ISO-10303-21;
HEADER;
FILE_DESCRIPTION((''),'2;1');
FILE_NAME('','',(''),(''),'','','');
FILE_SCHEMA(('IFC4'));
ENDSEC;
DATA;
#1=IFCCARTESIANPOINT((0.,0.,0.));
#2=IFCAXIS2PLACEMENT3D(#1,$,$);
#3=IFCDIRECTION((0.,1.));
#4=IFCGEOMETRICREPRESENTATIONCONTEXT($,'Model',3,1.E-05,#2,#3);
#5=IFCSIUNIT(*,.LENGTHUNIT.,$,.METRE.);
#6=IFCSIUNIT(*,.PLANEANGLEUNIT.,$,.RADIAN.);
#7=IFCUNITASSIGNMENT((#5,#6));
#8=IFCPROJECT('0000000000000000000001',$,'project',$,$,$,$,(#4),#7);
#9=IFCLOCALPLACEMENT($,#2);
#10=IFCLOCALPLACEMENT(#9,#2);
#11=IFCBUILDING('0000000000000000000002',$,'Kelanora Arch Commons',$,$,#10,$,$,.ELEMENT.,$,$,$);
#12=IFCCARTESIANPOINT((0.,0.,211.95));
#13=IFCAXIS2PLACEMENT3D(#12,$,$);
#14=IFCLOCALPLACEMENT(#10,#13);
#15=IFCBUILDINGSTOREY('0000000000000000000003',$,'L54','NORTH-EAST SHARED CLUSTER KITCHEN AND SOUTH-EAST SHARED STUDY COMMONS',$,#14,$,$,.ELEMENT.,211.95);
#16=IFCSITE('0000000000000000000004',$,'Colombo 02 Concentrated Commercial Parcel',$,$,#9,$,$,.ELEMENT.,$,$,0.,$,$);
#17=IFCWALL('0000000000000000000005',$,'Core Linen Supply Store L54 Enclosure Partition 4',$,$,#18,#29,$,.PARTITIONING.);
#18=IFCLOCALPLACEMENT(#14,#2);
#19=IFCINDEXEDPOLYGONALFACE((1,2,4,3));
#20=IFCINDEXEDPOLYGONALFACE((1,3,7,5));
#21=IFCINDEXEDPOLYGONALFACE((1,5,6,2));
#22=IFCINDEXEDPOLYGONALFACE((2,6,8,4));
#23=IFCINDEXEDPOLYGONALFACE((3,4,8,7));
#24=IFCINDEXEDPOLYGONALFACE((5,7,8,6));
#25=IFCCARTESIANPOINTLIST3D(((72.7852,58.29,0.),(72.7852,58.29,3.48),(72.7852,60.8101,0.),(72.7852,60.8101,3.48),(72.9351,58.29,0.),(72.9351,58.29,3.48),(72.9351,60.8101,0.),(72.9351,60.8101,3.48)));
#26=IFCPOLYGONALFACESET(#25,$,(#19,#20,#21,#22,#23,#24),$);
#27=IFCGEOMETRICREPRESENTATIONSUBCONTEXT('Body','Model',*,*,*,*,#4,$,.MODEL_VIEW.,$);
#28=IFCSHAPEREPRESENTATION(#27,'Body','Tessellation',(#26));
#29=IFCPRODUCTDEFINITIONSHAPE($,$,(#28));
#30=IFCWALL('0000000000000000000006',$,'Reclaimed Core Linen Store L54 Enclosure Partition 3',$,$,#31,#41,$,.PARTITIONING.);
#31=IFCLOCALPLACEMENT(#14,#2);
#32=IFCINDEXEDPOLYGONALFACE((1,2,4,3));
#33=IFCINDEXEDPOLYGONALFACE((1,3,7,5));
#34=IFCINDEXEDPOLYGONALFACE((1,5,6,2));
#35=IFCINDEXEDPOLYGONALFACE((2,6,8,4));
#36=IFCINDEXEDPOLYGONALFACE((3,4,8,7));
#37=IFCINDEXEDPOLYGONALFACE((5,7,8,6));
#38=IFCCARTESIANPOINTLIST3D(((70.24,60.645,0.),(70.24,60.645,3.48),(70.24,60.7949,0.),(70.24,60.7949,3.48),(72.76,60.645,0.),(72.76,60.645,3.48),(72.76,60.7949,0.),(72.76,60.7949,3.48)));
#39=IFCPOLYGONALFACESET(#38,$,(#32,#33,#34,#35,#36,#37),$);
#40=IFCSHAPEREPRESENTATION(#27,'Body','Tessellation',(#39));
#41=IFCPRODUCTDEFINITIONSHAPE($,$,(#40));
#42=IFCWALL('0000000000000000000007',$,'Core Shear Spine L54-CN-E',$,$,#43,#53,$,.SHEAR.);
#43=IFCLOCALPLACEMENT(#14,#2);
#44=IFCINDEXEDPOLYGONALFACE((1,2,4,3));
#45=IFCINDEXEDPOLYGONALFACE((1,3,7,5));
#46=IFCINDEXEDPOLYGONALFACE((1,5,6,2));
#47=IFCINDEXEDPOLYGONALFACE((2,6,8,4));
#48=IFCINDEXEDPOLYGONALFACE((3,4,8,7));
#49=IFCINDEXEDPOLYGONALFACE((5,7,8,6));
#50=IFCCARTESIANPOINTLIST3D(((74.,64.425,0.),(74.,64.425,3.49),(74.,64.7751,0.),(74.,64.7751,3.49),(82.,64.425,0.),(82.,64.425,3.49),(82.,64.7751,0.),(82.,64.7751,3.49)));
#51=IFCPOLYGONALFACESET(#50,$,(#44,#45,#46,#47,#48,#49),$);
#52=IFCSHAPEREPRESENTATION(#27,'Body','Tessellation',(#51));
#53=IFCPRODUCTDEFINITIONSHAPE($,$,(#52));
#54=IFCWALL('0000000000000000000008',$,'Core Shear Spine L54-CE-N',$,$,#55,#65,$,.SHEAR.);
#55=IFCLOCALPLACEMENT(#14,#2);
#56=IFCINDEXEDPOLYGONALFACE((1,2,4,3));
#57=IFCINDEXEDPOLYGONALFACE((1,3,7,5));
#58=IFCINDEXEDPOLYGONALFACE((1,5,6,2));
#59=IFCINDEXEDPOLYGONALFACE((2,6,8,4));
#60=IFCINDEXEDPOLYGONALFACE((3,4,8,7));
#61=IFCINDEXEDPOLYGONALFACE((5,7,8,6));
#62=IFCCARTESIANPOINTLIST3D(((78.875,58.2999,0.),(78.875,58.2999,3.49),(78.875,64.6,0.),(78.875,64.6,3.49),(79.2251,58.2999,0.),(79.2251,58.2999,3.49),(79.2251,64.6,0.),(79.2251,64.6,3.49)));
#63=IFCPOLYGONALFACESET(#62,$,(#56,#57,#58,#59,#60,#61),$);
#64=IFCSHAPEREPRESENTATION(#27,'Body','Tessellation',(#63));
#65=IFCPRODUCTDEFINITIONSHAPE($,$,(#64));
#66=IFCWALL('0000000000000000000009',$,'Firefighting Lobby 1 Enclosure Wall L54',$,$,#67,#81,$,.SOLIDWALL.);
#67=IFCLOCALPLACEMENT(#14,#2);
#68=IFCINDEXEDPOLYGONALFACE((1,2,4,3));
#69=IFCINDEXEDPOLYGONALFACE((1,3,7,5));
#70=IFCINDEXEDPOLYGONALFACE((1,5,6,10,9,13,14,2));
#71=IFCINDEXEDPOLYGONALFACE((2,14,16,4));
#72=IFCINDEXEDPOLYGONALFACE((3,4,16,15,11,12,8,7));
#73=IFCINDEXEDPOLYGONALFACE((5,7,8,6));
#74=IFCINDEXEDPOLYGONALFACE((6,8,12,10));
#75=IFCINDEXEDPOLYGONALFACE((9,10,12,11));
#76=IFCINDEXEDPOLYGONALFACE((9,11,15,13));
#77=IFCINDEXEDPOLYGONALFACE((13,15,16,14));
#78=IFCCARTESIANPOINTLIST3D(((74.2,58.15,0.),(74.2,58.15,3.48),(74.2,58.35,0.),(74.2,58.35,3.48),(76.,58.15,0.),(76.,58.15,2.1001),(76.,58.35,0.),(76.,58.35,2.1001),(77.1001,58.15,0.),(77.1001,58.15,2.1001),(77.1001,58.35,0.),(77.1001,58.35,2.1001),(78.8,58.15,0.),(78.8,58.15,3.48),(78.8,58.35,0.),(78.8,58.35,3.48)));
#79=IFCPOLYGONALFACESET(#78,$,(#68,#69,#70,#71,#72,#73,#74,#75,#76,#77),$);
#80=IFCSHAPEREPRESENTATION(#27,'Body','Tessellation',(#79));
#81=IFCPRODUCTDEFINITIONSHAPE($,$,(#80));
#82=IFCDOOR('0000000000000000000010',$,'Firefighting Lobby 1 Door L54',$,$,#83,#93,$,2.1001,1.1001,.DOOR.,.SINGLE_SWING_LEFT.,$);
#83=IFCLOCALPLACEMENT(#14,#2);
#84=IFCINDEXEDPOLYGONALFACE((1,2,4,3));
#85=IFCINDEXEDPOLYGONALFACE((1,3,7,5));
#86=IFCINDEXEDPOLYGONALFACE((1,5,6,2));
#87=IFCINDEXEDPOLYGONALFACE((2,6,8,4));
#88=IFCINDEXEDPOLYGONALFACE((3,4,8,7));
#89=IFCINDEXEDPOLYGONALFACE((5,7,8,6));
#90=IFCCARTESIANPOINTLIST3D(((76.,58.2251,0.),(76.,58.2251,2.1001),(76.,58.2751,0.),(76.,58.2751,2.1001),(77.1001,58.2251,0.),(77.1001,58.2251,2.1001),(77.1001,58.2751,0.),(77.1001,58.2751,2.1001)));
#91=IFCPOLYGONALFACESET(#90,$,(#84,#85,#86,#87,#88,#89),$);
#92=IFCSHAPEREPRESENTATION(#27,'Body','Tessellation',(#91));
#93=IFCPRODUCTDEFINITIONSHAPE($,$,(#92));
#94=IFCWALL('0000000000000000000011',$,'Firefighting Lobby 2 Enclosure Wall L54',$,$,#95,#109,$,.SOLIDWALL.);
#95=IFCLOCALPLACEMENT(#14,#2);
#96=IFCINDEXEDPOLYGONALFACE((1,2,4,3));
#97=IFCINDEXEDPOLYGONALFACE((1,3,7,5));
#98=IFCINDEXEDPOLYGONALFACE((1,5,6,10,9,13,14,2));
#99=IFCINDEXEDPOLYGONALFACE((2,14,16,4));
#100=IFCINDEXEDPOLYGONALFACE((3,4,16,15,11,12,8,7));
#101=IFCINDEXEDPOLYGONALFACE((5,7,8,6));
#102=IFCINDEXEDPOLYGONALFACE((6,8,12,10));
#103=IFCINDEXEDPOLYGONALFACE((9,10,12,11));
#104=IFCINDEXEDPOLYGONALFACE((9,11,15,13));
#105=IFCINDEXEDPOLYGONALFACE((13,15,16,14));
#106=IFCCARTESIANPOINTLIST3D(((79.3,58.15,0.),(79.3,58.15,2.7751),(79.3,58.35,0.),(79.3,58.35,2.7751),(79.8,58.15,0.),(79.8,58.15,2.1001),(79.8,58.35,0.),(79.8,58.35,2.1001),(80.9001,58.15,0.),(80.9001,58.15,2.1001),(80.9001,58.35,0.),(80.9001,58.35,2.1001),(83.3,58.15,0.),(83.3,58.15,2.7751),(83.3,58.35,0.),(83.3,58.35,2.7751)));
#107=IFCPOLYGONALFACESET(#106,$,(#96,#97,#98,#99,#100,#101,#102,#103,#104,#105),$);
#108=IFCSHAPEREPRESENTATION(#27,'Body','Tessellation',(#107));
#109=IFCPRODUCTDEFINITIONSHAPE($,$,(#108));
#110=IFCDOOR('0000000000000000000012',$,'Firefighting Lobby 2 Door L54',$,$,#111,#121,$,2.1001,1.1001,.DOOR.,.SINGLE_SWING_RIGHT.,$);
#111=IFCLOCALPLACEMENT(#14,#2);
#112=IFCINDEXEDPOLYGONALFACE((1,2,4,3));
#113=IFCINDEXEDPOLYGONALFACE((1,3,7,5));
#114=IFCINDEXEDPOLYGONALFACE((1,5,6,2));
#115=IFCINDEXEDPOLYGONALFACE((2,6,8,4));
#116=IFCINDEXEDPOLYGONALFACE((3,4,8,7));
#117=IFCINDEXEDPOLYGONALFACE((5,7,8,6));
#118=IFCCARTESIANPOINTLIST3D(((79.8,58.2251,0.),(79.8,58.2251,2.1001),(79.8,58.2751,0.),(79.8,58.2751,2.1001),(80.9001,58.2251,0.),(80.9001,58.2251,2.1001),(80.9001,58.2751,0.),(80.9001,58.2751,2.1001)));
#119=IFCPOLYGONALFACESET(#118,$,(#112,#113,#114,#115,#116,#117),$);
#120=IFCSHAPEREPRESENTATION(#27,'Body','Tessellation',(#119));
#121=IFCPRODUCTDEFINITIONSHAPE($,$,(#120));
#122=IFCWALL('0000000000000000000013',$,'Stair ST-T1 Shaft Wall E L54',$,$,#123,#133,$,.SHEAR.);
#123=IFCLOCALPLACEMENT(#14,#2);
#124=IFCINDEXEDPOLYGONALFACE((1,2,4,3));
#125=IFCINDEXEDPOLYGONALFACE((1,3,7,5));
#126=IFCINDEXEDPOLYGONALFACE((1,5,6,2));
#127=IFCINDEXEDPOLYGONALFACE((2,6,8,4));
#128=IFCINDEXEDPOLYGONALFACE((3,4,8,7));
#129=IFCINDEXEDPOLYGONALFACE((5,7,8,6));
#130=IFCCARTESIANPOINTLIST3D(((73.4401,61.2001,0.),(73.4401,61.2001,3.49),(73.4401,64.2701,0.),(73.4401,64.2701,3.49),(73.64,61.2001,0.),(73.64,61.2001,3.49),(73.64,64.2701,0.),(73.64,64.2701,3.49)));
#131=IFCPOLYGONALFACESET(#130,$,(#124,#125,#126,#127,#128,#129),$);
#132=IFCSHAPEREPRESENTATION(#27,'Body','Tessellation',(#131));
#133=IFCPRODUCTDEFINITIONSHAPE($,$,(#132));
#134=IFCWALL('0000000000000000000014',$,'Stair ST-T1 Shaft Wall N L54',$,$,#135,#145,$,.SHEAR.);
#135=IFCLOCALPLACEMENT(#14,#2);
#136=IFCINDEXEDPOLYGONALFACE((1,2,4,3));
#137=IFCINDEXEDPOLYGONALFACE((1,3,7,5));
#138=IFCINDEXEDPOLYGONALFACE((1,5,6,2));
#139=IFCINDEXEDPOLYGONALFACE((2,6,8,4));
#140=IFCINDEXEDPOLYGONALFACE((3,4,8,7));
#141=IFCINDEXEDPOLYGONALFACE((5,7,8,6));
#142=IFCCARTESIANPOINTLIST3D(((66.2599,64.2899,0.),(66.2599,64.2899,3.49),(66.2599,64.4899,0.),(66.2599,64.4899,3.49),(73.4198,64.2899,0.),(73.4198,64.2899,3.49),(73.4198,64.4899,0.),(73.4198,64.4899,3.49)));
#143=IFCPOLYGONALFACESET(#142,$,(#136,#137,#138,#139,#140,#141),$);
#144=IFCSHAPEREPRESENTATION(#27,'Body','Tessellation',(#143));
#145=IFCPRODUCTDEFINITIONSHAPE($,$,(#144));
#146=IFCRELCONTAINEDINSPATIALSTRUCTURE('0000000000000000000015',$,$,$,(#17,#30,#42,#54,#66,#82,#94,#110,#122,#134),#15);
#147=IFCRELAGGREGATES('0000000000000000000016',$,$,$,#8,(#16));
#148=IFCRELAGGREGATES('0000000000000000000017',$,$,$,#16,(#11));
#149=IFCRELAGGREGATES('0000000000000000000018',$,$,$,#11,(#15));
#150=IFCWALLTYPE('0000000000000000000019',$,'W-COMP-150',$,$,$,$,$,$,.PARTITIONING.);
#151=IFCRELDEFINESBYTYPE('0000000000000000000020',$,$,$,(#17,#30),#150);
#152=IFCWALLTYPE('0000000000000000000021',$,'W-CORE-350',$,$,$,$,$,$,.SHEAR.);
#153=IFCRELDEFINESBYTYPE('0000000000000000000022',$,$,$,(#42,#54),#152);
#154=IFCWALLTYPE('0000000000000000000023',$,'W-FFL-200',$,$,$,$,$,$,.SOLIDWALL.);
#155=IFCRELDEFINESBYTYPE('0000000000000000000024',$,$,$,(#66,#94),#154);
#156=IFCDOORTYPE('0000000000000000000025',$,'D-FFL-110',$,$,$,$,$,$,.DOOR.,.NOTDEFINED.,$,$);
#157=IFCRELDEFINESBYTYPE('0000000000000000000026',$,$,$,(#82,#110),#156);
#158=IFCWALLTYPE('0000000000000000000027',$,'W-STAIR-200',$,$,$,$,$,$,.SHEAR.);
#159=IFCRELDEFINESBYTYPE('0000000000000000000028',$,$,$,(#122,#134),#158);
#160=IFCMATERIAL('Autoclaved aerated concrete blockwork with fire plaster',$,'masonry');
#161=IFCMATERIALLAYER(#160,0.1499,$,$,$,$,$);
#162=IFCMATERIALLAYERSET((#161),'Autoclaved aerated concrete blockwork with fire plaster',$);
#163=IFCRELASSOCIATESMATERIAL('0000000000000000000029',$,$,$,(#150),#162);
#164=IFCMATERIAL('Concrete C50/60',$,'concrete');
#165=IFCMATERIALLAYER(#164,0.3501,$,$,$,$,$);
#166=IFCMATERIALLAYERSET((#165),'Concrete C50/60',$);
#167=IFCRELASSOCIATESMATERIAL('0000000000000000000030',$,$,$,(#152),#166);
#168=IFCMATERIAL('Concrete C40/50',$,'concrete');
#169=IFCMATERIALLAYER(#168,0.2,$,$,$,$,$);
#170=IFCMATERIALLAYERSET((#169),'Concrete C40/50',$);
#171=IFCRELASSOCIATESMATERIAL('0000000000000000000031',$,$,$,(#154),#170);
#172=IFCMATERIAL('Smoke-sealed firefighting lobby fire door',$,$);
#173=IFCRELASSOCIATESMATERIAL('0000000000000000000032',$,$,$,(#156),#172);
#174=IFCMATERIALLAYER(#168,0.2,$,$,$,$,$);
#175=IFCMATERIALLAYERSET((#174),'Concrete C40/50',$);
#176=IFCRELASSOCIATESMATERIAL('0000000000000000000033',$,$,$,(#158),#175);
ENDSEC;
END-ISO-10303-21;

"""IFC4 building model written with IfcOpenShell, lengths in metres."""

from ifc_helpers import new_model, si_unit, direction, frame, frame_2d, origin, place, context, subcontext, project, spatial, rectangle, extrude, material, layer, layer_set, type_object, element, fill, save


model = new_model("IFC4")

# Units and contexts
model_context = context("Model", 3, precision=1e-05, world=origin(), true_north=direction((0.0, 1.0)))
body_context = subcontext(model_context, "Body", "Model", "MODEL_VIEW")
ifc_project = project(units=[si_unit("LENGTHUNIT", "METRE"), si_unit("PLANEANGLEUNIT", "RADIAN")], contexts=[model_context])

# Site, building, storey
site_placement = place(None, origin())
site = spatial("IfcSite", under=ifc_project, at=site_placement, Name="Colombo 02 Concentrated Commercial Parcel", CompositionType="ELEMENT", RefElevation=0.0)
building_placement = place(site_placement, origin())
building = spatial("IfcBuilding", under=site, at=building_placement, Name="Kelanora Arch Commons", CompositionType="ELEMENT")
storey_placement = place(building_placement, frame((0.0, 0.0, 211.95)))
storey = spatial("IfcBuildingStorey", under=building, at=storey_placement, Name="L54", Description="NORTH-EAST SHARED CLUSTER KITCHEN AND SOUTH-EAST SHARED STUDY COMMONS", CompositionType="ELEMENT", Elevation=211.95)

# Shared definitions
ifc_material_1 = material(Name="Autoclaved aerated concrete blockwork with fire plaster", Category="masonry")
ifc_layer_1 = layer(ifc_material_1, 0.1499)
ifc_layer_set_1 = layer_set([ifc_layer_1], Name="Autoclaved aerated concrete blockwork with fire plaster")
wall_type_1 = type_object("IfcWallType", Name="W-COMP-150", PredefinedType="PARTITIONING", material=ifc_layer_set_1)

# Walls
for number, where, z_axis, x_axis, name in (
    (1, (72.8601, 60.8101, 0.0), (0.0, 0.0, 1.0), (0.0, -1.0, 0.0), "Core Linen Supply Store L54 Enclosure Partition 4"),
    (2, (72.76, 60.72, 0.0), (0.0, 0.0, 1.0), (-1.0, 0.0, 0.0), "Reclaimed Core Linen Store L54 Enclosure Partition 3"),
):
    element("IfcWall", number, at=place(storey_placement, frame(where, z_axis=z_axis, x_axis=x_axis)), inside=storey, type_object=wall_type_1, Name=name, PredefinedType="PARTITIONING", context=body_context, shape_type="SweptSolid", body=[
        extrude(rectangle(XDim=2.52, YDim=0.1499, at=frame_2d((1.26, 0.0))), origin(), (0.0, 0.0, 1.0), 3.48),
    ])
ifc_material_2 = material(Name="Concrete C50/60", Category="concrete")
ifc_layer_2 = layer(ifc_material_2, 0.3501)
ifc_layer_set_2 = layer_set([ifc_layer_2], Name="Concrete C50/60")
wall_type_2 = type_object("IfcWallType", Name="W-CORE-350", PredefinedType="SHEAR", material=ifc_layer_set_2)
wall_1_placement = place(storey_placement, frame((74.0, 64.6001, 0.0), z_axis=(0.0, 0.0, 1.0), x_axis=(1.0, 0.0, 0.0)))
element("IfcWall", 3, at=wall_1_placement, inside=storey, type_object=wall_type_2, Name="Core Shear Spine L54-CN-E", PredefinedType="SHEAR", context=body_context, shape_type="SweptSolid", body=[
    extrude(rectangle(XDim=8.0, YDim=0.3501, at=frame_2d((4.0, 0.0))), origin(), (0.0, 0.0, 1.0), 3.49),
])
wall_2_placement = place(storey_placement, frame((79.05, 58.3, 0.0), z_axis=(0.0, 0.0, 1.0), x_axis=(0.0, 1.0, 0.0)))
element("IfcWall", 4, at=wall_2_placement, inside=storey, type_object=wall_type_2, Name="Core Shear Spine L54-CE-N", PredefinedType="SHEAR", context=body_context, shape_type="SweptSolid", body=[
    extrude(rectangle(XDim=6.3, YDim=0.3501, at=frame_2d((3.1499, 0.0))), origin(), (0.0, 0.0, 1.0), 3.49),
])

# Walls, openings, doors
ifc_material_3 = material(Name="Concrete C40/50", Category="concrete")
ifc_layer_3 = layer(ifc_material_3, 0.2)
ifc_layer_set_3 = layer_set([ifc_layer_3], Name="Concrete C40/50")
wall_type_3 = type_object("IfcWallType", Name="W-FFL-200", PredefinedType="SOLIDWALL", material=ifc_layer_set_3)
wall_3_placement = place(storey_placement, frame((74.2, 58.25, 0.0), z_axis=(0.0, 0.0, 1.0), x_axis=(1.0, 0.0, 0.0)))
wall_3 = element("IfcWall", 5, at=wall_3_placement, inside=storey, type_object=wall_type_3, Name="Firefighting Lobby 1 Enclosure Wall L54", PredefinedType="SOLIDWALL", context=body_context, shape_type="SweptSolid", body=[
    extrude(rectangle(XDim=4.6001, YDim=0.2, at=frame_2d((2.3, 0.0))), origin(), (0.0, 0.0, 1.0), 3.48),
])
opening_1_placement = place(wall_3_placement, frame((1.8, 0.0, 0.0)))
opening_1 = element("IfcOpeningElement", 6, at=opening_1_placement, cuts=wall_3, PredefinedType="OPENING", context=body_context, shape_type="SweptSolid", body=[
    extrude(rectangle(XDim=1.1001, YDim=2.1001, at=frame_2d((0.55, 1.05))), frame((0.0, 0.1099, 0.0), z_axis=(0.0, -1.0, 0.0), x_axis=(1.0, 0.0, 0.0)), (0.0, 0.0, 1.0), 0.22),
])
ifc_material_4 = material(Name="Smoke-sealed firefighting lobby fire door")
door_type_1 = type_object("IfcDoorType", Name="D-FFL-110", OperationType="NOTDEFINED", PredefinedType="DOOR", material=ifc_material_4)
door_1_placement = place(opening_1_placement, frame((1.1001, 0.0, 0.0), z_axis=(0.0, 0.0, 1.0), x_axis=(-1.0, 0.0, 0.0)))
door_1 = element("IfcDoor", 7, at=door_1_placement, inside=storey, type_object=door_type_1, Name="Firefighting Lobby 1 Door L54", OperationType="SINGLE_SWING_LEFT", OverallHeight=2.1001, OverallWidth=1.1001, PredefinedType="DOOR", context=body_context, shape_type="SweptSolid", body=[
    extrude(rectangle(XDim=1.1001, YDim=2.1001, at=frame_2d((0.55, 1.05))), frame((0.0, 0.0249, 0.0), z_axis=(0.0, -1.0, 0.0), x_axis=(1.0, 0.0, 0.0)), (0.0, 0.0, 1.0), 0.05),
])
fill(opening_1, door_1)
wall_4_placement = place(storey_placement, frame((79.3, 58.25, 0.0), z_axis=(0.0, 0.0, 1.0), x_axis=(1.0, 0.0, 0.0)))
wall_4 = element("IfcWall", 8, at=wall_4_placement, inside=storey, type_object=wall_type_3, Name="Firefighting Lobby 2 Enclosure Wall L54", PredefinedType="SOLIDWALL", context=body_context, shape_type="SweptSolid", body=[
    extrude(rectangle(XDim=4.0, YDim=0.2, at=frame_2d((2.0, 0.0))), origin(), (0.0, 0.0, 1.0), 2.7751),
])
opening_2_placement = place(wall_4_placement, frame((0.5, 0.0, 0.0)))
opening_2 = element("IfcOpeningElement", 9, at=opening_2_placement, cuts=wall_4, PredefinedType="OPENING", context=body_context, shape_type="SweptSolid", body=[
    extrude(rectangle(XDim=1.1001, YDim=2.1001, at=frame_2d((0.55, 1.05))), frame((0.0, 0.1099, 0.0), z_axis=(0.0, -1.0, 0.0), x_axis=(1.0, 0.0, 0.0)), (0.0, 0.0, 1.0), 0.22),
])
door_2_placement = place(opening_2_placement, frame((1.1001, 0.0, 0.0), z_axis=(0.0, 0.0, 1.0), x_axis=(-1.0, 0.0, 0.0)))
door_2 = element("IfcDoor", 10, at=door_2_placement, inside=storey, type_object=door_type_1, Name="Firefighting Lobby 2 Door L54", OperationType="SINGLE_SWING_RIGHT", OverallHeight=2.1001, OverallWidth=1.1001, PredefinedType="DOOR", context=body_context, shape_type="SweptSolid", body=[
    extrude(rectangle(XDim=1.1001, YDim=2.1001, at=frame_2d((0.55, 1.05))), frame((0.0, 0.0249, 0.0), z_axis=(0.0, -1.0, 0.0), x_axis=(1.0, 0.0, 0.0)), (0.0, 0.0, 1.0), 0.05),
])
fill(opening_2, door_2)

# Walls
ifc_layer_4 = layer(ifc_material_3, 0.2)
ifc_layer_set_4 = layer_set([ifc_layer_4], Name="Concrete C40/50")
wall_type_4 = type_object("IfcWallType", Name="W-STAIR-200", PredefinedType="SHEAR", material=ifc_layer_set_4)
wall_5_placement = place(storey_placement, frame((73.54, 61.2, 0.0), z_axis=(0.0, 0.0, 1.0), x_axis=(0.0, 1.0, 0.0)))
element("IfcWall", 11, at=wall_5_placement, inside=storey, type_object=wall_type_4, Name="Stair ST-T1 Shaft Wall E L54", PredefinedType="SHEAR", context=body_context, shape_type="SweptSolid", body=[
    extrude(rectangle(XDim=3.0701, YDim=0.2, at=frame_2d((1.5352, 0.0))), origin(), (0.0, 0.0, 1.0), 3.49),
])
wall_6_placement = place(storey_placement, frame((73.4199, 64.3899, 0.0), z_axis=(0.0, 0.0, 1.0), x_axis=(-1.0, 0.0, 0.0)))
element("IfcWall", 12, at=wall_6_placement, inside=storey, type_object=wall_type_4, Name="Stair ST-T1 Shaft Wall N L54", PredefinedType="SHEAR", context=body_context, shape_type="SweptSolid", body=[
    extrude(rectangle(XDim=7.1599, YDim=0.2, at=frame_2d((3.5801, 0.0))), origin(), (0.0, 0.0, 1.0), 3.49),
])

save(model, "model.ifc")
